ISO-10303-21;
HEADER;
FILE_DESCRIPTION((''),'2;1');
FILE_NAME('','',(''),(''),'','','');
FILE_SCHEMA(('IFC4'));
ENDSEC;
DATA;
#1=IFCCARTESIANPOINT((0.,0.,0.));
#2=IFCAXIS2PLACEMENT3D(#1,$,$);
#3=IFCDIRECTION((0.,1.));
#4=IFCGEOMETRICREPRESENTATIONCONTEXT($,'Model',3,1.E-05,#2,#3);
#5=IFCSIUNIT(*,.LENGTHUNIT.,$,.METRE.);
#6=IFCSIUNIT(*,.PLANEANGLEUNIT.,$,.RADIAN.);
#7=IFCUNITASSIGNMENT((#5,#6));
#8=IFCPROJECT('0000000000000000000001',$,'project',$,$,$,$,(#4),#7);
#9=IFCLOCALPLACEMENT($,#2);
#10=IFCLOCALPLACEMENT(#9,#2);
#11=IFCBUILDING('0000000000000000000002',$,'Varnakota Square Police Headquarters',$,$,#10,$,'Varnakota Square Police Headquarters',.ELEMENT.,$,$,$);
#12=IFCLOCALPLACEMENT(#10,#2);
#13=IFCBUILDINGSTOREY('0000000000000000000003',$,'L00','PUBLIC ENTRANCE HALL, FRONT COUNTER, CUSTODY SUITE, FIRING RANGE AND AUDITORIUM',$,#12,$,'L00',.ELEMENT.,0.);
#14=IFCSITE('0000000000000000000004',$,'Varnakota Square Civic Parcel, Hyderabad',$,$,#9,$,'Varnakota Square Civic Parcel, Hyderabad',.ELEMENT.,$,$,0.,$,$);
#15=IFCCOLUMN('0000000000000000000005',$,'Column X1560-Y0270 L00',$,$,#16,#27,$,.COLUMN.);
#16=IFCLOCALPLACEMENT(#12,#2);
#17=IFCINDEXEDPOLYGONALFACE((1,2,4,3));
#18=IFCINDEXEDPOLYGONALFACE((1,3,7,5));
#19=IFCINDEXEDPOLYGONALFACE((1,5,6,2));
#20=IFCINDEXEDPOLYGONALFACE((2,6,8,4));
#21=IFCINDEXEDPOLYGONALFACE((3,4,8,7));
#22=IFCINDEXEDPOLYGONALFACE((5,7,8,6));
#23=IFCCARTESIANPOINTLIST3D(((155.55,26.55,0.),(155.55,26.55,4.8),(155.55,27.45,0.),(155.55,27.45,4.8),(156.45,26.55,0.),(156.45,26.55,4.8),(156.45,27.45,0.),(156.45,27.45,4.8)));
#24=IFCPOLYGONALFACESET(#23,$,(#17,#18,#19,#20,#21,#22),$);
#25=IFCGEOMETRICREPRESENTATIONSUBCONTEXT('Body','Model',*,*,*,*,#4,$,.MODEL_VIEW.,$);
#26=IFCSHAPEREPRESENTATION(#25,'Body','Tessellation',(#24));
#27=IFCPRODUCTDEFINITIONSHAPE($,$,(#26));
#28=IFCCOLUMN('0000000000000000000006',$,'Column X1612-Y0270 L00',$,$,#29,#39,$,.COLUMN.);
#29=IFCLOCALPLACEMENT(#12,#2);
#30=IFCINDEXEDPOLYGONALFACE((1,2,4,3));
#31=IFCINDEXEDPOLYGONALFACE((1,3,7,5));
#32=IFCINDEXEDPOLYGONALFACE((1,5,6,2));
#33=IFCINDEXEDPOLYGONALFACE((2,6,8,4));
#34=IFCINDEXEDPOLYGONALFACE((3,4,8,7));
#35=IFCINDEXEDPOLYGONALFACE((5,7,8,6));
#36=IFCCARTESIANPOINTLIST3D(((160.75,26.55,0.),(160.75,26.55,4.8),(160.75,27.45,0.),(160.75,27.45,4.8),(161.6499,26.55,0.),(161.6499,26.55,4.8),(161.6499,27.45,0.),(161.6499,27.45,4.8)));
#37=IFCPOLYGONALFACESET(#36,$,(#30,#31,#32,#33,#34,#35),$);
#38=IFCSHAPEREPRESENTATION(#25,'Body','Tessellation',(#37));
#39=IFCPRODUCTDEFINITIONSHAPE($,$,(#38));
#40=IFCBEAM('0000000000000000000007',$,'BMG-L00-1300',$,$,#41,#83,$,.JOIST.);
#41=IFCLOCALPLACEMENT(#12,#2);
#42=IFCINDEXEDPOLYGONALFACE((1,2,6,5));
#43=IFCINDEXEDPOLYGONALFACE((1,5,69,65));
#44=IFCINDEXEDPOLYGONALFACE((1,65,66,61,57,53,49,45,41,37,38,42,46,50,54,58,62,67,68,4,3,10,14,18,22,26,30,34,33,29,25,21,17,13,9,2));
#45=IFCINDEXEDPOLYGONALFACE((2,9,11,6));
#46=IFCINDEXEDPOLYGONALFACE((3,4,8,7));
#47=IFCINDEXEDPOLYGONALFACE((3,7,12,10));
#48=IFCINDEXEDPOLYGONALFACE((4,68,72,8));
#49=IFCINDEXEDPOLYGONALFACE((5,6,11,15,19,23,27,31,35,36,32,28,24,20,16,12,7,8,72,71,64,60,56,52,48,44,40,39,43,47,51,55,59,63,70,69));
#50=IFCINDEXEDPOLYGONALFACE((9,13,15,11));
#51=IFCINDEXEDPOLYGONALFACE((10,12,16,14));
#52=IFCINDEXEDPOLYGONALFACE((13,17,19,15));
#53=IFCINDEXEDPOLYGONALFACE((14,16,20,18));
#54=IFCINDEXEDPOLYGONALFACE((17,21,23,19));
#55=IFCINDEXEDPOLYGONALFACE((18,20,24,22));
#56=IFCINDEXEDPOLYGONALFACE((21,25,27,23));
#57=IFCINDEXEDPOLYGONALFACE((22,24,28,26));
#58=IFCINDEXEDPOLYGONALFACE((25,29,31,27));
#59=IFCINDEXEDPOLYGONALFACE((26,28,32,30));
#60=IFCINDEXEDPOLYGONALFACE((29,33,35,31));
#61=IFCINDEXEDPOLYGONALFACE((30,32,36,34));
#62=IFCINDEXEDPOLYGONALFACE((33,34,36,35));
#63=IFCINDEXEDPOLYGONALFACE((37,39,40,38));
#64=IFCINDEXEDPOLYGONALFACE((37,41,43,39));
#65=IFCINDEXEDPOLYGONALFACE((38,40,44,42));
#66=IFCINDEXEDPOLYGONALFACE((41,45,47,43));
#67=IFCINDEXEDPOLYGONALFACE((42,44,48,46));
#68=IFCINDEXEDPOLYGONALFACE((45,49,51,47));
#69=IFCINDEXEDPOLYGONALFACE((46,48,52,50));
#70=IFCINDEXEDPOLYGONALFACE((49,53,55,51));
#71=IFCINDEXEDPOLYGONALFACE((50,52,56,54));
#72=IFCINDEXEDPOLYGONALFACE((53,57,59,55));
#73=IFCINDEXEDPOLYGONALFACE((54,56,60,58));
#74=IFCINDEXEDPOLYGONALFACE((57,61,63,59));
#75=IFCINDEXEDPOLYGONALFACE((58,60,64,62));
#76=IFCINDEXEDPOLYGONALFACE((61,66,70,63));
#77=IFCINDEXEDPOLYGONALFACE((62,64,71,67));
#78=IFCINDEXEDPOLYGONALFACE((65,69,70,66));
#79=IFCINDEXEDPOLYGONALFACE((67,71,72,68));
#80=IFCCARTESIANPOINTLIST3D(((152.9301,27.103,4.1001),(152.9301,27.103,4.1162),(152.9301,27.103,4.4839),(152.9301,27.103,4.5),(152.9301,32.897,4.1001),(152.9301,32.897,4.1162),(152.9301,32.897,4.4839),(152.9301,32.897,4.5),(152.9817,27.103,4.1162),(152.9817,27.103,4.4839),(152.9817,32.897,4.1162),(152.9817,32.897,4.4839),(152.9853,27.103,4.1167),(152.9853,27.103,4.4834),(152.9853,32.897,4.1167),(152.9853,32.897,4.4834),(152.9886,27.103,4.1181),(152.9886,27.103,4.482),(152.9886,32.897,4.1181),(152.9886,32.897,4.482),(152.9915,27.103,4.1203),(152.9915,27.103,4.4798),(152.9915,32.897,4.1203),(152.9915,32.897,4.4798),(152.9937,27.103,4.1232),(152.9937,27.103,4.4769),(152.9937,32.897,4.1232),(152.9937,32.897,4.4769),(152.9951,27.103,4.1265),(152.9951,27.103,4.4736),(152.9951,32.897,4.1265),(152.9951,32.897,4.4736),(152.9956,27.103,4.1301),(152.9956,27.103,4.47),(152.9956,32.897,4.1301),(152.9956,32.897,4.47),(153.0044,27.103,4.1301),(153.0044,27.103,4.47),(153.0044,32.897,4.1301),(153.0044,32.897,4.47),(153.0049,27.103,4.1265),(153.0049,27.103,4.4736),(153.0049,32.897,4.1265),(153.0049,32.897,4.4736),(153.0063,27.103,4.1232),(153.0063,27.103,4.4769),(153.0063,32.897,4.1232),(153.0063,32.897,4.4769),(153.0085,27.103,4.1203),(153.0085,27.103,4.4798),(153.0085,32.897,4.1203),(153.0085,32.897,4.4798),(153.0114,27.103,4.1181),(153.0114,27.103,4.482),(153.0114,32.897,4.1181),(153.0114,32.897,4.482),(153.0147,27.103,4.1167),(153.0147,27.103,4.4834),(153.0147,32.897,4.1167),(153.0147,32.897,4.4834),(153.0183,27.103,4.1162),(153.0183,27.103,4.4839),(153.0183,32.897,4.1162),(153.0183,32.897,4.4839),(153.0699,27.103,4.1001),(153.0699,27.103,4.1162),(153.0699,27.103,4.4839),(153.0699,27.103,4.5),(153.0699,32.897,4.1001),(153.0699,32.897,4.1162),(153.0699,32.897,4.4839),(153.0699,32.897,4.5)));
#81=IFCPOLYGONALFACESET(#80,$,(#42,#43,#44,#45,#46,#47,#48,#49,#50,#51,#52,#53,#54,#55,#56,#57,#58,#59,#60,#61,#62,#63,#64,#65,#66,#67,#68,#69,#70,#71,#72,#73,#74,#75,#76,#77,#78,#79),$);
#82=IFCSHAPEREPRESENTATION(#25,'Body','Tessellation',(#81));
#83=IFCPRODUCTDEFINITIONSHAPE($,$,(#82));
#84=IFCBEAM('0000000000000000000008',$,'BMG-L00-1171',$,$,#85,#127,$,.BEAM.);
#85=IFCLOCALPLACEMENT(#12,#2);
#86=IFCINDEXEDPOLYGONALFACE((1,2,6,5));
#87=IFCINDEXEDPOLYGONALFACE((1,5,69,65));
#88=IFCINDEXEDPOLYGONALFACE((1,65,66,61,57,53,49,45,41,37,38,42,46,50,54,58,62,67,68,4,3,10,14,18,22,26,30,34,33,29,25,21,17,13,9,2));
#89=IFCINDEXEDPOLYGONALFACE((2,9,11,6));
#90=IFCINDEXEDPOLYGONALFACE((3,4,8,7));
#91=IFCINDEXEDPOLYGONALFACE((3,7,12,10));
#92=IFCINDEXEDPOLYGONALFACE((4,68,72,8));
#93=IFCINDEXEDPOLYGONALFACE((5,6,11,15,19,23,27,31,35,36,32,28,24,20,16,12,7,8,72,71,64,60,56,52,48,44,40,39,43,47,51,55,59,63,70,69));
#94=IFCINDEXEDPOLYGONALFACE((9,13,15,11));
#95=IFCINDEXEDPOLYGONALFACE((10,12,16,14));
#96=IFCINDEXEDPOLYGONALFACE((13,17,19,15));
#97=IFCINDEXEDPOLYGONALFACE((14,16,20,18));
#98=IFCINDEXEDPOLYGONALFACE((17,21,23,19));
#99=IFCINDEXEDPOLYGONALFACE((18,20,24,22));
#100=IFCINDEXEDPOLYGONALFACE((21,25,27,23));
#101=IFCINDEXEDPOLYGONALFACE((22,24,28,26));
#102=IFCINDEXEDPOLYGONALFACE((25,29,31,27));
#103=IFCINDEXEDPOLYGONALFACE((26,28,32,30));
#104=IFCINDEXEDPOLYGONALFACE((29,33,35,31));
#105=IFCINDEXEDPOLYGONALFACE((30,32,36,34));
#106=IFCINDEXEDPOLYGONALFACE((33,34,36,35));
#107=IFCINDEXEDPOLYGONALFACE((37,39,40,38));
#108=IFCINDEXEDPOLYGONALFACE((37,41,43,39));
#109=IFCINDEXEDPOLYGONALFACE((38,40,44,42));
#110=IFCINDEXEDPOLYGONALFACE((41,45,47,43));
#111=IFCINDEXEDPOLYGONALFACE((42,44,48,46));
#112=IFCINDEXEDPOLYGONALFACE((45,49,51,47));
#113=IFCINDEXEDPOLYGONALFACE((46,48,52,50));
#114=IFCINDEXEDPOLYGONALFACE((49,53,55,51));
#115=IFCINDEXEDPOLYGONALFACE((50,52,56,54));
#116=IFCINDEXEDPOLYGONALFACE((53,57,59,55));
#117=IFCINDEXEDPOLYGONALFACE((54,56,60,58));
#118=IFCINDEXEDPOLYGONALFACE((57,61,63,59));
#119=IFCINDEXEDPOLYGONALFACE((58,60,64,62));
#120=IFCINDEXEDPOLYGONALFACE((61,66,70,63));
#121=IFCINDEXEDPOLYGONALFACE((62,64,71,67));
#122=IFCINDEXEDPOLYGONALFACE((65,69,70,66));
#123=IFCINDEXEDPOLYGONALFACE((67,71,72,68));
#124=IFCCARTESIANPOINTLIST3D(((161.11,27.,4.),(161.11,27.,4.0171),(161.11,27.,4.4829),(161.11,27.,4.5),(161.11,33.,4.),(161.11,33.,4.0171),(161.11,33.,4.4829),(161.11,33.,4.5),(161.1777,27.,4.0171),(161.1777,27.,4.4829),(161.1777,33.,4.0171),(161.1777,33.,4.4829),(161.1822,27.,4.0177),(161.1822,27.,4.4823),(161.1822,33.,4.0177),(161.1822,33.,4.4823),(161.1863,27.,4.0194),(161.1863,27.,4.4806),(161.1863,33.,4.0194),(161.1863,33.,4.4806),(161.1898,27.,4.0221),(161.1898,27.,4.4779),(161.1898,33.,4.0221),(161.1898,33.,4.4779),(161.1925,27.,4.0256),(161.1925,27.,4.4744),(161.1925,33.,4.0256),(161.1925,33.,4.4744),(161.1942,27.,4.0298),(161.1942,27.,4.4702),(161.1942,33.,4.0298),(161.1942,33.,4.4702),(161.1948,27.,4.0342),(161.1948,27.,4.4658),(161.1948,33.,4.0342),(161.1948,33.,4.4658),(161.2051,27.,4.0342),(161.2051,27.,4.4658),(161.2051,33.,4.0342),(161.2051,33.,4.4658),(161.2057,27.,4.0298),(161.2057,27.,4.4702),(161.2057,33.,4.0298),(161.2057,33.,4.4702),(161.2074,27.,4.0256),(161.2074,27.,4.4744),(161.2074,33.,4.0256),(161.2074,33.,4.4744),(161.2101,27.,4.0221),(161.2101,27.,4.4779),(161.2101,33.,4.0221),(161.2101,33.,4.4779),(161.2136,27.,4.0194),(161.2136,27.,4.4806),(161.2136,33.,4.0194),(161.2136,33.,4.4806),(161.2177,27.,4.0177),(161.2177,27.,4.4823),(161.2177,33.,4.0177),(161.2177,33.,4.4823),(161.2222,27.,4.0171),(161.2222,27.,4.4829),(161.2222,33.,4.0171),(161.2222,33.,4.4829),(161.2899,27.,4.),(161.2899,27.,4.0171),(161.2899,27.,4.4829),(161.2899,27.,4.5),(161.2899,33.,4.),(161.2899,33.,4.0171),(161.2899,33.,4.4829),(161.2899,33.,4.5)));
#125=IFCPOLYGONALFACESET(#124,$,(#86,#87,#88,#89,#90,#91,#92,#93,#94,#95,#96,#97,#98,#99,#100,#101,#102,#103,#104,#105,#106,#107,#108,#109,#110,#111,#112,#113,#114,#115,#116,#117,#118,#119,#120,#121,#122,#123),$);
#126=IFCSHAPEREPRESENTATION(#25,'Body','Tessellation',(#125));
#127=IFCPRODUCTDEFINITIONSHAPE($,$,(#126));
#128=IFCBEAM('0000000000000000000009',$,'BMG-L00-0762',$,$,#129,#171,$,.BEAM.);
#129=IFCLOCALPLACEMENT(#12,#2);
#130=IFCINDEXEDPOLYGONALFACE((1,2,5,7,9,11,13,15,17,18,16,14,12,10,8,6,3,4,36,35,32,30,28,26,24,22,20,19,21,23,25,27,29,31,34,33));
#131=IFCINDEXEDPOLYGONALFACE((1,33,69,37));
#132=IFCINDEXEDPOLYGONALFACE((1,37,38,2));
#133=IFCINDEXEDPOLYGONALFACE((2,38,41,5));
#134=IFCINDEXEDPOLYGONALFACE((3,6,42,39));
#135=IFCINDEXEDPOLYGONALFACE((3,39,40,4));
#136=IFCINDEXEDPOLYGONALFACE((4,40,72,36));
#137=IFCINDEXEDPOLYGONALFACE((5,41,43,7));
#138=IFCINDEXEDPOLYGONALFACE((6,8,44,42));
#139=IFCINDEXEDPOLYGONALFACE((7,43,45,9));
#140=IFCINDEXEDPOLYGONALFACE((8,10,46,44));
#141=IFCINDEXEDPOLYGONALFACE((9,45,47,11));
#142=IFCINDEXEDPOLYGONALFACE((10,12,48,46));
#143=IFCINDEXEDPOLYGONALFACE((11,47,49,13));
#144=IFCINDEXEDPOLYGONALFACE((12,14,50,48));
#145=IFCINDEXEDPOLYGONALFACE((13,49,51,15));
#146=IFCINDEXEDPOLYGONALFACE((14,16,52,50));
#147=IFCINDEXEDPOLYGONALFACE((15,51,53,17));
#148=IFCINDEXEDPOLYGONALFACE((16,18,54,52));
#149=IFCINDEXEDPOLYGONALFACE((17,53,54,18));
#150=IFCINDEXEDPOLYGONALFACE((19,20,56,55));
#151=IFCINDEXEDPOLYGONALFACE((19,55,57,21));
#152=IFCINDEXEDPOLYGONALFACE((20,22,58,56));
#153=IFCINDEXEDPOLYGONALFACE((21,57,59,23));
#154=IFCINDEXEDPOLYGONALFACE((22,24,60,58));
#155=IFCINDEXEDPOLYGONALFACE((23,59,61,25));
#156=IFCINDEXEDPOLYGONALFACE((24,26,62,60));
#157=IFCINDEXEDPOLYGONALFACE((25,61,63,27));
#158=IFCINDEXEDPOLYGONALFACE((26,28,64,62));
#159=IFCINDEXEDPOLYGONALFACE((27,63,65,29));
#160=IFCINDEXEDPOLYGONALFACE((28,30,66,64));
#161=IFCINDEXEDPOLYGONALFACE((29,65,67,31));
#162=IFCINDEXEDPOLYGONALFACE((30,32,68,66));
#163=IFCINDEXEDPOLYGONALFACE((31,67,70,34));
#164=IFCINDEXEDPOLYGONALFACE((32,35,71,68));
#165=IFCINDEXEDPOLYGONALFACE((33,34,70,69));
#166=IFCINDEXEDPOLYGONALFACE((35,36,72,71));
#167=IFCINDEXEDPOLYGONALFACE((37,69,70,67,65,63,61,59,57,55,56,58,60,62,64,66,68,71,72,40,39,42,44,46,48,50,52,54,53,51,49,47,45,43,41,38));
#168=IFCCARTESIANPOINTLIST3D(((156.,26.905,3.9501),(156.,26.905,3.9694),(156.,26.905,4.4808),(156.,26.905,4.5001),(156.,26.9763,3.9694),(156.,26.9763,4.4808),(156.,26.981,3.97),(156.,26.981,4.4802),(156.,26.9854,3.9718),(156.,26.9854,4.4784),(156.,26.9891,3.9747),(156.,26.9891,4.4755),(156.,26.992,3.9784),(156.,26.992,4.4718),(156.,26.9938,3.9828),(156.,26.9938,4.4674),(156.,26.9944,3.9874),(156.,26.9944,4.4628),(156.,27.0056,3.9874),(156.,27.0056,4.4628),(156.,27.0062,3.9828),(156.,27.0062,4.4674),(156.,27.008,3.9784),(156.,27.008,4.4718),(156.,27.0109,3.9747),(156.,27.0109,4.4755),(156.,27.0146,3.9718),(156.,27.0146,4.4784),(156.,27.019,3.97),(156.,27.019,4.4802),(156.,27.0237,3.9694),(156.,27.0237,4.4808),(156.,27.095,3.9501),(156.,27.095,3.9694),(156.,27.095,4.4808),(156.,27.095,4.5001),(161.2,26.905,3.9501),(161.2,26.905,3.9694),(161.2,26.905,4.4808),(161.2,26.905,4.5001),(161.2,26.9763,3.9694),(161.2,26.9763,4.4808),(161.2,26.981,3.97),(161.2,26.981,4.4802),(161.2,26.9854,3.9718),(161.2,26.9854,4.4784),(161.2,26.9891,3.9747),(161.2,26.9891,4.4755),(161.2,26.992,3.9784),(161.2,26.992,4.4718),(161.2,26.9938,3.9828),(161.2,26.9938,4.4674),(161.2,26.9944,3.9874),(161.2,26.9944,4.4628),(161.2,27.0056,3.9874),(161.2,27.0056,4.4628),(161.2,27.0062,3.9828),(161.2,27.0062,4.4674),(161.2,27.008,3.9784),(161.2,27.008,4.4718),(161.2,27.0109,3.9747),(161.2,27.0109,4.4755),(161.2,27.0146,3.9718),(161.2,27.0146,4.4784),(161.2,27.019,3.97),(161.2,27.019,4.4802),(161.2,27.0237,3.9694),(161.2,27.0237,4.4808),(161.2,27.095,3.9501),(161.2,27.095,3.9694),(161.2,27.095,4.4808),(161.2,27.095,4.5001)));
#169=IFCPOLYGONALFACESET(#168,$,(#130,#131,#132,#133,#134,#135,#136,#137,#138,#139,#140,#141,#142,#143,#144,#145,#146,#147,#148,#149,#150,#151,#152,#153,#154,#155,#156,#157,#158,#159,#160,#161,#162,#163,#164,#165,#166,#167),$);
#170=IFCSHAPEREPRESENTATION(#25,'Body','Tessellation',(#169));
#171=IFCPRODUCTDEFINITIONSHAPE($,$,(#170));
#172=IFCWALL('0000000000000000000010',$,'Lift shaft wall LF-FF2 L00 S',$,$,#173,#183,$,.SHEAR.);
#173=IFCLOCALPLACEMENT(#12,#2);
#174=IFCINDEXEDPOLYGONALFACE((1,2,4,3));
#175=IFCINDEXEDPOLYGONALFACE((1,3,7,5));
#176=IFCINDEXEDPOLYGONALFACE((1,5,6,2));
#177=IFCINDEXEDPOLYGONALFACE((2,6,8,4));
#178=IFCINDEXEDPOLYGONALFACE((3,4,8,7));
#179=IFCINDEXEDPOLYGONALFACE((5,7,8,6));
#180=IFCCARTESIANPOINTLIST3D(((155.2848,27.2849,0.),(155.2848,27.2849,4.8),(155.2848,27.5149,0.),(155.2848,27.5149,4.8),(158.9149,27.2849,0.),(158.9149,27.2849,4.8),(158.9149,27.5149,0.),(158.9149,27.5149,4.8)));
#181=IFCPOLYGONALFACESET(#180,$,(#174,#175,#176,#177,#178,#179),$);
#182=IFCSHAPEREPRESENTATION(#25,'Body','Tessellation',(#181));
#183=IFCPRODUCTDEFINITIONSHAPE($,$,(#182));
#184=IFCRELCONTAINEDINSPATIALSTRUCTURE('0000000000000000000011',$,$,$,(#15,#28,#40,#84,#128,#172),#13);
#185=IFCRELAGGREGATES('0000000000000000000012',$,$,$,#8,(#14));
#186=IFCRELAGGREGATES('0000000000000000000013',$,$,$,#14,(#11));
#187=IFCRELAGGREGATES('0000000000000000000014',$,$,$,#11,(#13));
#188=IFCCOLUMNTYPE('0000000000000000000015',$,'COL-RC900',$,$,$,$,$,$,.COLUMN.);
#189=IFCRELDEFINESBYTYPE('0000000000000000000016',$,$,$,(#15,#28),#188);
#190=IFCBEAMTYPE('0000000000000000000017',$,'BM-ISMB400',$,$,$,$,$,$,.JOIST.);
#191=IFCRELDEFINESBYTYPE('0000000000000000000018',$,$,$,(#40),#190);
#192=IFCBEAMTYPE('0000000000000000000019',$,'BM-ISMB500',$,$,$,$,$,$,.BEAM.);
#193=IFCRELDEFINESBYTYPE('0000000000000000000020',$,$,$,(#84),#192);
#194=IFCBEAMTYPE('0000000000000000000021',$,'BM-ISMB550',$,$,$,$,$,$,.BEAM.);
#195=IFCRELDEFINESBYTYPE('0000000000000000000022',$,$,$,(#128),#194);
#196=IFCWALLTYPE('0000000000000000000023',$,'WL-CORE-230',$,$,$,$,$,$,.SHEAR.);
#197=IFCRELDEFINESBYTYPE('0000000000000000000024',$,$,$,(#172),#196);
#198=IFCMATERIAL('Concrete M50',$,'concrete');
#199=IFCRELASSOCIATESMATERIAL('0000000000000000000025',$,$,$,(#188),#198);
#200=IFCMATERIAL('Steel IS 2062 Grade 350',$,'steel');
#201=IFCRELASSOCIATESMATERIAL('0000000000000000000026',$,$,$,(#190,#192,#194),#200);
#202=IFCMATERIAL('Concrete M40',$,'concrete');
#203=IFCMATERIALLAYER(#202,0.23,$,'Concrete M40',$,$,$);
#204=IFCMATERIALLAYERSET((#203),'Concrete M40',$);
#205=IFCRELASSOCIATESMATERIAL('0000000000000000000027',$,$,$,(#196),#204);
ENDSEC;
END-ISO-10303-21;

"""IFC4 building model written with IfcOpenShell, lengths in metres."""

from ifc_helpers import new_model, si_unit, direction, frame, frame_2d, origin, origin_2d, place, context, subcontext, project, spatial, rectangle, i_section, extrude, material, layer, layer_set, material_profile, profile_set, type_object, element, save


model = new_model("IFC4")

# Units and contexts
model_context = context("Model", 3, precision=1e-05, world=origin(), true_north=direction((0.0, 1.0)))
body_context = subcontext(model_context, "Body", "Model", "MODEL_VIEW")
ifc_project = project(units=[si_unit("LENGTHUNIT", "METRE"), si_unit("PLANEANGLEUNIT", "RADIAN")], contexts=[model_context])

# Site, building, storey
site_placement = place(None, origin())
site = spatial("IfcSite", under=ifc_project, at=site_placement, Name="Varnakota Square Civic Parcel, Hyderabad", LongName="Varnakota Square Civic Parcel, Hyderabad", CompositionType="ELEMENT", RefElevation=0.0)
building_placement = place(site_placement, origin())
building = spatial("IfcBuilding", under=site, at=building_placement, Name="Varnakota Square Police Headquarters", LongName="Varnakota Square Police Headquarters", CompositionType="ELEMENT")
storey_placement = place(building_placement, origin())
storey = spatial("IfcBuildingStorey", under=building, at=storey_placement, Name="L00", Description="PUBLIC ENTRANCE HALL, FRONT COUNTER, CUSTODY SUITE, FIRING RANGE AND AUDITORIUM", LongName="L00", CompositionType="ELEMENT", Elevation=0.0)

# Columns
ifc_material_1 = material(Name="Concrete M50", Category="concrete")
ifc_material_profile_1 = material_profile(ifc_material_1, rectangle(XDim=0.8999, YDim=0.8999, at=origin_2d()), Name="RC 900x900")
ifc_profile_set_1 = profile_set([ifc_material_profile_1], Name="Concrete M50")
column_type = type_object("IfcColumnType", Name="COL-RC900", PredefinedType="COLUMN", material=ifc_profile_set_1)
for number, where, z_axis, x_axis, name in (
    (1, (156.0, 27.0, 0.0), (0.0, 0.0, 1.0), (1.0, 0.0, 0.0), "Column X1560-Y0270 L00"),
    (2, (161.2, 27.0, 0.0), (0.0, 0.0, 1.0), (1.0, 0.0, 0.0), "Column X1612-Y0270 L00"),
):
    element("IfcColumn", number, at=place(storey_placement, frame(where, z_axis=z_axis, x_axis=x_axis)), inside=storey, type_object=column_type, Name=name, PredefinedType="COLUMN", context=body_context, shape_type="SweptSolid", body=[
        extrude(rectangle(XDim=0.8999, YDim=0.8999, at=origin_2d()), origin(), (0.0, 0.0, 1.0), 4.8),
    ])

# Beams
ifc_material_2 = material(Name="Steel IS 2062 Grade 350", Category="steel")
ifc_material_profile_2 = material_profile(ifc_material_2, i_section(OverallWidth=0.1399, OverallDepth=0.3999, WebThickness=0.0088, FlangeThickness=0.0161, FilletRadius=0.0139, at=origin_2d()), Name="ISMB 400")
ifc_profile_set_2 = profile_set([ifc_material_profile_2], Name="Steel IS 2062 Grade 350")
beam_type_1 = type_object("IfcBeamType", Name="BM-ISMB400", PredefinedType="JOIST", material=ifc_profile_set_2)
beam_1_placement = place(storey_placement, frame((153.0, 27.103, 4.3), z_axis=(0.0, 1.0, 0.0), x_axis=(-1.0, 0.0, 0.0)))
element("IfcBeam", 3, at=beam_1_placement, inside=storey, type_object=beam_type_1, Name="BMG-L00-1300", PredefinedType="JOIST", context=body_context, shape_type="SweptSolid", body=[
    extrude(i_section(OverallWidth=0.1399, OverallDepth=0.3999, WebThickness=0.0088, FlangeThickness=0.0161, FilletRadius=0.0139, at=origin_2d()), origin(), (0.0, 0.0, 1.0), 5.7939),
])
ifc_material_profile_3 = material_profile(ifc_material_2, i_section(OverallWidth=0.1799, OverallDepth=0.5, WebThickness=0.0103, FlangeThickness=0.0171, FilletRadius=0.0171, at=origin_2d()), Name="ISMB 500")
ifc_profile_set_3 = profile_set([ifc_material_profile_3], Name="Steel IS 2062 Grade 350")
beam_type_2 = type_object("IfcBeamType", Name="BM-ISMB500", PredefinedType="BEAM", material=ifc_profile_set_3)
beam_2_placement = place(storey_placement, frame((161.2, 27.0, 4.25), z_axis=(0.0, 1.0, 0.0), x_axis=(-1.0, 0.0, 0.0)))
element("IfcBeam", 4, at=beam_2_placement, inside=storey, type_object=beam_type_2, Name="BMG-L00-1171", PredefinedType="BEAM", context=body_context, shape_type="SweptSolid", body=[
    extrude(i_section(OverallWidth=0.1799, OverallDepth=0.5, WebThickness=0.0103, FlangeThickness=0.0171, FilletRadius=0.0171, at=origin_2d()), origin(), (0.0, 0.0, 1.0), 6.0),
])
ifc_material_profile_4 = material_profile(ifc_material_2, i_section(OverallWidth=0.1899, OverallDepth=0.55, WebThickness=0.0112, FlangeThickness=0.0193, FilletRadius=0.0181, at=origin_2d()), Name="ISMB 550")
ifc_profile_set_4 = profile_set([ifc_material_profile_4], Name="Steel IS 2062 Grade 350")
beam_type_3 = type_object("IfcBeamType", Name="BM-ISMB550", PredefinedType="BEAM", material=ifc_profile_set_4)
beam_3_placement = place(storey_placement, frame((156.0, 27.0, 4.2251), z_axis=(1.0, 0.0, 0.0), x_axis=(0.0, 1.0, 0.0)))
element("IfcBeam", 5, at=beam_3_placement, inside=storey, type_object=beam_type_3, Name="BMG-L00-0762", PredefinedType="BEAM", context=body_context, shape_type="SweptSolid", body=[
    extrude(i_section(OverallWidth=0.1899, OverallDepth=0.55, WebThickness=0.0112, FlangeThickness=0.0193, FilletRadius=0.0181, at=origin_2d()), origin(), (0.0, 0.0, 1.0), 5.2),
])

# Wall
ifc_material_3 = material(Name="Concrete M40", Category="concrete")
ifc_layer_1 = layer(ifc_material_3, 0.23, Name="Concrete M40")
ifc_layer_set_1 = layer_set([ifc_layer_1], Name="Concrete M40")
wall_type_1 = type_object("IfcWallType", Name="WL-CORE-230", PredefinedType="SHEAR", material=ifc_layer_set_1)
wall_1_placement = place(storey_placement, frame((155.2849, 27.3999, 0.0), z_axis=(0.0, 0.0, 1.0), x_axis=(1.0, 0.0, 0.0)))
element("IfcWall", 6, at=wall_1_placement, inside=storey, type_object=wall_type_1, Name="Lift shaft wall LF-FF2 L00 S", PredefinedType="SHEAR", context=body_context, shape_type="SweptSolid", body=[
    extrude(rectangle(XDim=3.6301, YDim=0.23, at=frame_2d((1.8149, 0.0))), origin(), (0.0, 0.0, 1.0), 4.8),
])

save(model, "model.ifc")
